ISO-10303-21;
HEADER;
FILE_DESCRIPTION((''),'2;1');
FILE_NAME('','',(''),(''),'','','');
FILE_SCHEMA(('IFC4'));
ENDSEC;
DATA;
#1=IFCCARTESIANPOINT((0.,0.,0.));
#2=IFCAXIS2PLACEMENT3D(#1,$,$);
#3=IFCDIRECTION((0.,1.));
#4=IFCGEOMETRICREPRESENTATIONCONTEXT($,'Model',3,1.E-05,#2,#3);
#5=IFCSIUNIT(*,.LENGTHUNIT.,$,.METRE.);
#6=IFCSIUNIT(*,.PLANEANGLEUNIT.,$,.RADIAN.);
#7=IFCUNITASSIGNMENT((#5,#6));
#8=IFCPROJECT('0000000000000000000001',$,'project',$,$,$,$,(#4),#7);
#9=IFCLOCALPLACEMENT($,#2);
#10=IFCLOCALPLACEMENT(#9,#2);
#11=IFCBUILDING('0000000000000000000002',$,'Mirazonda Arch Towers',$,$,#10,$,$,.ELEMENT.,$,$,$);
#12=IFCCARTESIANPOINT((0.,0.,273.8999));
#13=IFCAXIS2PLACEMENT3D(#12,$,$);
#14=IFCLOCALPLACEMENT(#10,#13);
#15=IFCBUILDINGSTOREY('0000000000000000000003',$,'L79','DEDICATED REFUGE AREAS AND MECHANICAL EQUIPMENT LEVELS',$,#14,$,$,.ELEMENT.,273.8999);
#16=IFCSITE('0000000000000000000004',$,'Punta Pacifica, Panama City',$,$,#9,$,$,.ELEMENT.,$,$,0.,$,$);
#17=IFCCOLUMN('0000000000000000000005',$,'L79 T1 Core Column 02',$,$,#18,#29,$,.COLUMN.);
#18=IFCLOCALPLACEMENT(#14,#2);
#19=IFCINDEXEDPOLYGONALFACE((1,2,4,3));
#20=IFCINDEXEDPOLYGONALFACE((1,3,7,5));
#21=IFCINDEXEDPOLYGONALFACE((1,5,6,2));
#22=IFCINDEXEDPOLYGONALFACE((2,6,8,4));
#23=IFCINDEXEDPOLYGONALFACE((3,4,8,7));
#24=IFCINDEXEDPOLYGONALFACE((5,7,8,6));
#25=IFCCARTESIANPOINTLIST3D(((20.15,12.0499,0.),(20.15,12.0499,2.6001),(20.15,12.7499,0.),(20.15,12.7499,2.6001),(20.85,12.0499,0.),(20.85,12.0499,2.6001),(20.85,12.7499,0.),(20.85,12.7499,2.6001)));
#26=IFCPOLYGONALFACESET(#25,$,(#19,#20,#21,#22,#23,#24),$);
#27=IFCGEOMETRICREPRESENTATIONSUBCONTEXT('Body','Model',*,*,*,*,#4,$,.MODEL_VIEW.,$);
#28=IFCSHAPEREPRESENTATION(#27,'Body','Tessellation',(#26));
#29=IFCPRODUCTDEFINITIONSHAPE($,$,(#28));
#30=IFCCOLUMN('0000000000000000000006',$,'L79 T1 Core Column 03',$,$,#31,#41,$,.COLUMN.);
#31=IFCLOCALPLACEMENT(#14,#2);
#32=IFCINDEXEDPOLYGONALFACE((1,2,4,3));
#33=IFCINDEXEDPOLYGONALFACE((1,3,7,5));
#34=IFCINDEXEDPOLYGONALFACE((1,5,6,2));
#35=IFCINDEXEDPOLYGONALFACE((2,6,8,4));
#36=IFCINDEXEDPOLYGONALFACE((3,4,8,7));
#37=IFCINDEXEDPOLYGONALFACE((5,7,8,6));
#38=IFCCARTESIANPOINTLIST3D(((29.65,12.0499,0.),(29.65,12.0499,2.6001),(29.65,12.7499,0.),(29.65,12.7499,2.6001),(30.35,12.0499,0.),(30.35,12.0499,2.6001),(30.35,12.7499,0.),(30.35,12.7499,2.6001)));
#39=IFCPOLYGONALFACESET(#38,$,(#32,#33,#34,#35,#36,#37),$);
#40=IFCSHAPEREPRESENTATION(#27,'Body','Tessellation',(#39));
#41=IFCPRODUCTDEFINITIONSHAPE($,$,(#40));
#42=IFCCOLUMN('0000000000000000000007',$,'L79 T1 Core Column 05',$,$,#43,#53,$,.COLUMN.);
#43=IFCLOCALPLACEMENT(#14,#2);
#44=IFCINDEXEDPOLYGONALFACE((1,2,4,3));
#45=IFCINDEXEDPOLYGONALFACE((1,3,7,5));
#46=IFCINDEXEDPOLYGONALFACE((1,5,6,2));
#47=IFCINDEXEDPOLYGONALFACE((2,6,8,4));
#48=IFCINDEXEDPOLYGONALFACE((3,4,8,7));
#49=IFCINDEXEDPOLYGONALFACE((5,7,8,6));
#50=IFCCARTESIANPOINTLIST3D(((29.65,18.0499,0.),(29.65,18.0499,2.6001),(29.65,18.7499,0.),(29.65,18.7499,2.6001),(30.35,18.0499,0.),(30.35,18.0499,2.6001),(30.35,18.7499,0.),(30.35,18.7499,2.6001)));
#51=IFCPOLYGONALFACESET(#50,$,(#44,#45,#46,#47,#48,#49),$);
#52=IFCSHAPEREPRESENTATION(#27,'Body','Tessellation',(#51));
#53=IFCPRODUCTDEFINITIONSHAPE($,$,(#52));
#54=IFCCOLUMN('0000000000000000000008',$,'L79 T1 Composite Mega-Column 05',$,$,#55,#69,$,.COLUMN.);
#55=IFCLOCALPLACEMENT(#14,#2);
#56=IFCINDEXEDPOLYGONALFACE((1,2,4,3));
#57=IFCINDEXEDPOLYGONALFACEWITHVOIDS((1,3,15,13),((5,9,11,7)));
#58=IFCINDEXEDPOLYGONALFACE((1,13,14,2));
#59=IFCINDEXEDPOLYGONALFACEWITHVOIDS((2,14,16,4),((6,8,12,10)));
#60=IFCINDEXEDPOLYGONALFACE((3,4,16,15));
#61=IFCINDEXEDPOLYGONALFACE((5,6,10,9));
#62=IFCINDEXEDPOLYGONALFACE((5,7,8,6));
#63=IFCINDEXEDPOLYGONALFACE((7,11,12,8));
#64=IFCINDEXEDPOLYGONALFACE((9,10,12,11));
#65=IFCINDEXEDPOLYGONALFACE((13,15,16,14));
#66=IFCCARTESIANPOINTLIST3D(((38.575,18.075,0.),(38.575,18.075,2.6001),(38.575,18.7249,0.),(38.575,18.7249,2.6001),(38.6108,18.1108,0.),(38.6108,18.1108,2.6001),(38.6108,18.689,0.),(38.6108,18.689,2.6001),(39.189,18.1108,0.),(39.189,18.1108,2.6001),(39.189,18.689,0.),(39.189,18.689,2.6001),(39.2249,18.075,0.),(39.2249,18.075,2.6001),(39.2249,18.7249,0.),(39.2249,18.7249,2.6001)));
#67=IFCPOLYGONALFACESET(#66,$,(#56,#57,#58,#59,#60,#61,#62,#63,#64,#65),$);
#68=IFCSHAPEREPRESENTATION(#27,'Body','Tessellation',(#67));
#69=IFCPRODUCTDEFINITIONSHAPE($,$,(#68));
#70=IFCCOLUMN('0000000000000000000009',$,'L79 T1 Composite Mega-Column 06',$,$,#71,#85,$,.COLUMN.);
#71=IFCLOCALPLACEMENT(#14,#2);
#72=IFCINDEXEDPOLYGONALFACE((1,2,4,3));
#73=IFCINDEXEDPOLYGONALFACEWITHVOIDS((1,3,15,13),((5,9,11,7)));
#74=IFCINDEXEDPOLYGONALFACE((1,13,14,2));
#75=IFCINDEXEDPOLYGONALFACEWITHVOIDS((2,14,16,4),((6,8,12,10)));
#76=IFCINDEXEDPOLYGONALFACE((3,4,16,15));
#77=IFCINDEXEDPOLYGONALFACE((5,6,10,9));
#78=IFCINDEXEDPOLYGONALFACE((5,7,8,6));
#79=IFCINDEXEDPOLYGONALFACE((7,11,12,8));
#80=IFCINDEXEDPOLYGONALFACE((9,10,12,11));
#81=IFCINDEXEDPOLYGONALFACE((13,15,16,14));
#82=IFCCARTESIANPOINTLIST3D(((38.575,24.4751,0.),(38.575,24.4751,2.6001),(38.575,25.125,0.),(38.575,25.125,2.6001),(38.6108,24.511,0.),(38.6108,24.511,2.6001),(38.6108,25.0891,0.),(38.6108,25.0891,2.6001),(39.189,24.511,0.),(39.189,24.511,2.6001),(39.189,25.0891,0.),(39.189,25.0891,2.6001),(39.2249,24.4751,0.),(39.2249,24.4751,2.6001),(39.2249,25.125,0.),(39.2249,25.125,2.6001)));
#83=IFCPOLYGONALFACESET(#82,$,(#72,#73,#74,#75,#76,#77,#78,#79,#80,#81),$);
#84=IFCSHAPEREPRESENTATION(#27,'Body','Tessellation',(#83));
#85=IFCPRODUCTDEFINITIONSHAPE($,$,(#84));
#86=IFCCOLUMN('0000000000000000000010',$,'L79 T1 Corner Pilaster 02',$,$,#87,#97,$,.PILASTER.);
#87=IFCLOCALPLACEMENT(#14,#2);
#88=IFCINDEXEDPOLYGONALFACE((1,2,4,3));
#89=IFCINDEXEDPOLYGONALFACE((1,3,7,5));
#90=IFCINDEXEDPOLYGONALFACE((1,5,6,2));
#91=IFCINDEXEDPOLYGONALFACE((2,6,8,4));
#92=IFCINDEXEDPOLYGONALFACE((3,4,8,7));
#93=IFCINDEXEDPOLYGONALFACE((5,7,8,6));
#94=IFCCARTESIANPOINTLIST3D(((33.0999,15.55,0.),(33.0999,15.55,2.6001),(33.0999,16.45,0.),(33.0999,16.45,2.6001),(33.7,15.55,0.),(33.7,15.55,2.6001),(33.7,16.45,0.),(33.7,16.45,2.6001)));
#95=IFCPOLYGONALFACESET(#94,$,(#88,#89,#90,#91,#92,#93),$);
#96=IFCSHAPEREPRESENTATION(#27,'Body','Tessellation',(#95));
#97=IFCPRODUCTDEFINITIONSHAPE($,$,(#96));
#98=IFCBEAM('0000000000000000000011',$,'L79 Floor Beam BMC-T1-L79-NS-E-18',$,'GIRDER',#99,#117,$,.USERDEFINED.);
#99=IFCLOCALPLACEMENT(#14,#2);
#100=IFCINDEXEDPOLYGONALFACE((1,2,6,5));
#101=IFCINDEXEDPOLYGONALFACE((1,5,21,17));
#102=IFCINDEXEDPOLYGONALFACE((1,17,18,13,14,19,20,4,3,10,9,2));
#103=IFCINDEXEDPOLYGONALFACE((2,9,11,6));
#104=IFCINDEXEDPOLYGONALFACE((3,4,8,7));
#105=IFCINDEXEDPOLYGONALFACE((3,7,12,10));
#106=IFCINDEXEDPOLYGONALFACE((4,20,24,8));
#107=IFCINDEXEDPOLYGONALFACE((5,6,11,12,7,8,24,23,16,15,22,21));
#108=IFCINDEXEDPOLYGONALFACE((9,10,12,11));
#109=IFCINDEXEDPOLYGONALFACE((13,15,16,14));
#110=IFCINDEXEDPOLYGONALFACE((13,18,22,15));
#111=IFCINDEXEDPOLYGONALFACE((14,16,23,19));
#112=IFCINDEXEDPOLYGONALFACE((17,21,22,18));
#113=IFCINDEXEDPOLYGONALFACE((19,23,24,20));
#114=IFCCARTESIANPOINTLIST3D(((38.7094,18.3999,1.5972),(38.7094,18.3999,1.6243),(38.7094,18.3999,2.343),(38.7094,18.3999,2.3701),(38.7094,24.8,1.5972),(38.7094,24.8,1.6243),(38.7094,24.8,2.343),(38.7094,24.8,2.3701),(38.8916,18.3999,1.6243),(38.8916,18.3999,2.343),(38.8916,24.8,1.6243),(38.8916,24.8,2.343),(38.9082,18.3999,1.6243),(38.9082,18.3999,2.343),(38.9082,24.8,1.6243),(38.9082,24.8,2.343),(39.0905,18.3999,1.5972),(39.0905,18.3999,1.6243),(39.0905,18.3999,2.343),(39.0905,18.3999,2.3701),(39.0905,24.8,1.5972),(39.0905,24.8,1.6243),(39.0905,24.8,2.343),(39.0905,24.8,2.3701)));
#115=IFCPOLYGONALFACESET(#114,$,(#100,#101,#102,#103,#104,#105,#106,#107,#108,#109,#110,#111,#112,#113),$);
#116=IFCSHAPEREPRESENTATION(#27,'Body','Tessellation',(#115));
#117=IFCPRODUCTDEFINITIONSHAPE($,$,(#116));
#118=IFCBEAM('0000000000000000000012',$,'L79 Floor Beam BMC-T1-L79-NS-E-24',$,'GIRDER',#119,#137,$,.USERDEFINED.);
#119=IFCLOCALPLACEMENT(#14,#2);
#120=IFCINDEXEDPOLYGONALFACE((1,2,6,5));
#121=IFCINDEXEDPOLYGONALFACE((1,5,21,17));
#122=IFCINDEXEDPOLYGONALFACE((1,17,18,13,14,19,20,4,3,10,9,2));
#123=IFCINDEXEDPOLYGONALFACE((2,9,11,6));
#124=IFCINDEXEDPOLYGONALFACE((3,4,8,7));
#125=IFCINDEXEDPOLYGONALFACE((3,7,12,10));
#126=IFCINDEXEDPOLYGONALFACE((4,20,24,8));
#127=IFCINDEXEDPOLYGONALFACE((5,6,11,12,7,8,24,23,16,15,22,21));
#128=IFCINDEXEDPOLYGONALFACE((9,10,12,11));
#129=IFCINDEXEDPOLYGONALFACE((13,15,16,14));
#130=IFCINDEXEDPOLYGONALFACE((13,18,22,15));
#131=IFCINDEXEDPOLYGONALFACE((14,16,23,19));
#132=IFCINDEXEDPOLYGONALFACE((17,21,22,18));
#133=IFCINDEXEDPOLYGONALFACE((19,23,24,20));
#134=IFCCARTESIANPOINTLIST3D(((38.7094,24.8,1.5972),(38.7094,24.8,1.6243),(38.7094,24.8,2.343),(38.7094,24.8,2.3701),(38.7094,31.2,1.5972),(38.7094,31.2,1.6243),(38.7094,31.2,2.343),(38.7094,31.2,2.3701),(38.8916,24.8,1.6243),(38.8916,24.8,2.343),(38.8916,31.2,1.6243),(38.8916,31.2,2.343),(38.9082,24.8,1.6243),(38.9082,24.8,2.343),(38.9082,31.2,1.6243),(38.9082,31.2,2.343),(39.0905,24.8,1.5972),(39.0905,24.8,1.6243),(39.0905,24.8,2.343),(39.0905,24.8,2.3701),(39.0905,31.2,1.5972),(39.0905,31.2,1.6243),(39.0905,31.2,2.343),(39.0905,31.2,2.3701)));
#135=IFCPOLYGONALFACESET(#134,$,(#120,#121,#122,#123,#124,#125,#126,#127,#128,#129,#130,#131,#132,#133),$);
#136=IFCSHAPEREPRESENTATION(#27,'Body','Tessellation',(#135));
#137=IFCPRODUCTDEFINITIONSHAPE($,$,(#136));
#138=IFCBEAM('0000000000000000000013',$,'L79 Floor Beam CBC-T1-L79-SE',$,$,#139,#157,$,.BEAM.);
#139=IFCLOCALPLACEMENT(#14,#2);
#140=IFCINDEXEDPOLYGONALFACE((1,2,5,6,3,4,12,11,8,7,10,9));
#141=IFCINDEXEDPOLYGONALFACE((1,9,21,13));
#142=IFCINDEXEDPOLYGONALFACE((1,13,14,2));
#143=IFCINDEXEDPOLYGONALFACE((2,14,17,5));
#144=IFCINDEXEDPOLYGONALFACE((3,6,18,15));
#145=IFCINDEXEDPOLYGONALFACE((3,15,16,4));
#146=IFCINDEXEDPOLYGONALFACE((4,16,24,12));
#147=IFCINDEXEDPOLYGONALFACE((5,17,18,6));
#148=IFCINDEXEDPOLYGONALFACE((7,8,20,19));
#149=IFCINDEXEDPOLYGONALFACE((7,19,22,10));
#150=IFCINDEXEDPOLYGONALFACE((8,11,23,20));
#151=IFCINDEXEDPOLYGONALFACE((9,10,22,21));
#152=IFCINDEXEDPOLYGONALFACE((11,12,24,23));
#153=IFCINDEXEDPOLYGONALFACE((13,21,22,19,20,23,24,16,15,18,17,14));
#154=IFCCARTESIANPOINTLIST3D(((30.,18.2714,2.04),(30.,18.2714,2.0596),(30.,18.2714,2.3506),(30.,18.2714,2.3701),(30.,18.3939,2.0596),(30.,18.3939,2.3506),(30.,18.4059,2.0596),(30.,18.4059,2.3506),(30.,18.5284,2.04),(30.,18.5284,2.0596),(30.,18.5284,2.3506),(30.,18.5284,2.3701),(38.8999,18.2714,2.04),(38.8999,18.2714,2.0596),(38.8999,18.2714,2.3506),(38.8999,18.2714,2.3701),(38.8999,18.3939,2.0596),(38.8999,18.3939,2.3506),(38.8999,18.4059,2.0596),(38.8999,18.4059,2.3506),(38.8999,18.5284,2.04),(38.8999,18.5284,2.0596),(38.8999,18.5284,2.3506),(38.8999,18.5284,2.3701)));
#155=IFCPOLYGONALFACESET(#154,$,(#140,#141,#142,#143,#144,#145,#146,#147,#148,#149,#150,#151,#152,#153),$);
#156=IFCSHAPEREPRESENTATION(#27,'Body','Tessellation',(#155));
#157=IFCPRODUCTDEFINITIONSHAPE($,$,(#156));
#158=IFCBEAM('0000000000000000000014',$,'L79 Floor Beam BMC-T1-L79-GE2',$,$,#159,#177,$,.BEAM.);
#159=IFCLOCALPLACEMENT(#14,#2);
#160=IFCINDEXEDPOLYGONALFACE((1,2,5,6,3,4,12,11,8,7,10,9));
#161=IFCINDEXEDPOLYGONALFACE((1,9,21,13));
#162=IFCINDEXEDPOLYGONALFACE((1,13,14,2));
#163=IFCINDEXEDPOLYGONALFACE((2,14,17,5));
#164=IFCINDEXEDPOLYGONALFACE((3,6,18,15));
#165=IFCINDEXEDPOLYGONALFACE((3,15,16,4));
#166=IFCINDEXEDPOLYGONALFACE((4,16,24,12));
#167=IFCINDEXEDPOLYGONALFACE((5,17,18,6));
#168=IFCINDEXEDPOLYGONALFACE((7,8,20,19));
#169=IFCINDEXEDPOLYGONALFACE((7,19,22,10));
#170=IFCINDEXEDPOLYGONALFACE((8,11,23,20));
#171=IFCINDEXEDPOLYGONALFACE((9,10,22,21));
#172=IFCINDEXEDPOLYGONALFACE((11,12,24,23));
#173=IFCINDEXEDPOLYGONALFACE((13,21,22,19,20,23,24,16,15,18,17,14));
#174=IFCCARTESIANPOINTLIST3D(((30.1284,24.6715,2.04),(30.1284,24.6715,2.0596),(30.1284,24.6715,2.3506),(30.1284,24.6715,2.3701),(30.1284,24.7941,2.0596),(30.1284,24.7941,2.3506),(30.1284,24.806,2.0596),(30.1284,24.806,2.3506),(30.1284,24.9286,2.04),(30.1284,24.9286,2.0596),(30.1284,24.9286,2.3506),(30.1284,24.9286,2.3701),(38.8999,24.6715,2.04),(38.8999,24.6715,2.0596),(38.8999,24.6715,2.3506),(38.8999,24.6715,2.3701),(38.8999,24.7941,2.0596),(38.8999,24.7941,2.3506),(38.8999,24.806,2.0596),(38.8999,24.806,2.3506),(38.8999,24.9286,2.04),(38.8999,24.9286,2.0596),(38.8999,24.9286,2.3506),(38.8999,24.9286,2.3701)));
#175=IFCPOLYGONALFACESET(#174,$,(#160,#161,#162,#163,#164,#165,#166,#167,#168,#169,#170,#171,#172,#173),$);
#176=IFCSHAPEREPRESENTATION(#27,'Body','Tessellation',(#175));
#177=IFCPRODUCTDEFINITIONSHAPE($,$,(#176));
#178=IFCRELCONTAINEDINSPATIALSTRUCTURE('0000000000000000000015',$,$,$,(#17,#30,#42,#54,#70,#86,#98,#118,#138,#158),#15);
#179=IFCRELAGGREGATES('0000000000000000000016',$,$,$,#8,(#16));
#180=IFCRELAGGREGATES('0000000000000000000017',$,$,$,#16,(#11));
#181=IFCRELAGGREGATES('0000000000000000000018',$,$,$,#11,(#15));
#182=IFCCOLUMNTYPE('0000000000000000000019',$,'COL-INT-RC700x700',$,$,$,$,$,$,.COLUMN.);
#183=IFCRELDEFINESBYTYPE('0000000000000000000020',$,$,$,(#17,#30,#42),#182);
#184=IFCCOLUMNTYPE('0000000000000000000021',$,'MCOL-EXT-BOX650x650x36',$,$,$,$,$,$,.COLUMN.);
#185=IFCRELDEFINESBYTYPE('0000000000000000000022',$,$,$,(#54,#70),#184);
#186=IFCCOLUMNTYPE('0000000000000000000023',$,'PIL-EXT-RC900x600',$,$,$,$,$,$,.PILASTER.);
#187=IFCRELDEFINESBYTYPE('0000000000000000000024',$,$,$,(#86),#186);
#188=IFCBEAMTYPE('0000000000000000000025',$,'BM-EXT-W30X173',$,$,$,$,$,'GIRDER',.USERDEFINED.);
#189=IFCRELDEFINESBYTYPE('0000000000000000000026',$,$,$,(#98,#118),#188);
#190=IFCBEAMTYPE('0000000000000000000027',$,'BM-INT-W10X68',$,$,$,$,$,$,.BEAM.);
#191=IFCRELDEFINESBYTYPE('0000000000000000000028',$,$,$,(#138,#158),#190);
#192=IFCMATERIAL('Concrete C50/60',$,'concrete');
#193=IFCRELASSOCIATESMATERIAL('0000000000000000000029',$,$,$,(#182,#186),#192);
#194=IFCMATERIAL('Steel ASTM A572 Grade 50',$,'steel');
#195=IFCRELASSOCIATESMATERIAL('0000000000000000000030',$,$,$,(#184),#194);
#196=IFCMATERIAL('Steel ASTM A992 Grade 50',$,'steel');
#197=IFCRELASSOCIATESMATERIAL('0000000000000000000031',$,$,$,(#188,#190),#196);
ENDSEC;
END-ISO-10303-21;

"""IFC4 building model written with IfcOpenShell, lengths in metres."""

from ifc_helpers import new_model, si_unit, direction, frame, origin, origin_2d, place, context, subcontext, project, spatial, rectangle, hollow_rectangle, i_section, extrude, material, material_profile, profile_set, type_object, element, save


model = new_model("IFC4")

# Units and contexts
model_context = context("Model", 3, precision=1e-05, world=origin(), true_north=direction((0.0, 1.0)))
body_context = subcontext(model_context, "Body", "Model", "MODEL_VIEW")
ifc_project = project(units=[si_unit("LENGTHUNIT", "METRE"), si_unit("PLANEANGLEUNIT", "RADIAN")], contexts=[model_context])

# Site, building, storey
site_placement = place(None, origin())
site = spatial("IfcSite", under=ifc_project, at=site_placement, Name="Punta Pacifica, Panama City", CompositionType="ELEMENT", RefElevation=0.0)
building_placement = place(site_placement, origin())
building = spatial("IfcBuilding", under=site, at=building_placement, Name="Mirazonda Arch Towers", CompositionType="ELEMENT")
storey_placement = place(building_placement, frame((0.0, 0.0, 273.8999)))
storey = spatial("IfcBuildingStorey", under=building, at=storey_placement, Name="L79", Description="DEDICATED REFUGE AREAS AND MECHANICAL EQUIPMENT LEVELS", CompositionType="ELEMENT", Elevation=273.8999)

# Columns
ifc_material_1 = material(Name="Concrete C50/60", Category="concrete")
ifc_material_profile_1 = material_profile(ifc_material_1, rectangle(XDim=0.7, YDim=0.7, at=origin_2d()), Name="RC700x700")
ifc_profile_set_1 = profile_set([ifc_material_profile_1], Name="Concrete C50/60")
column_type_1 = type_object("IfcColumnType", Name="COL-INT-RC700x700", PredefinedType="COLUMN", material=ifc_profile_set_1)
for number, where, z_axis, x_axis, name in (
    (1, (20.5, 12.3999, 0.0), (0.0, 0.0, 1.0), (1.0, 0.0, 0.0), "L79 T1 Core Column 02"),
    (2, (30.0, 12.3999, 0.0), (0.0, 0.0, 1.0), (1.0, 0.0, 0.0), "L79 T1 Core Column 03"),
    (3, (30.0, 18.3999, 0.0), (0.0, 0.0, 1.0), (1.0, 0.0, 0.0), "L79 T1 Core Column 05"),
):
    element("IfcColumn", number, at=place(storey_placement, frame(where, z_axis=z_axis, x_axis=x_axis)), inside=storey, type_object=column_type_1, Name=name, PredefinedType="COLUMN", context=body_context, shape_type="SweptSolid", body=[
        extrude(rectangle(XDim=0.7, YDim=0.7, at=origin_2d()), origin(), (0.0, 0.0, 1.0), 2.6001),
    ])
ifc_material_2 = material(Name="Steel ASTM A572 Grade 50", Category="steel")
ifc_material_profile_2 = material_profile(ifc_material_2, hollow_rectangle(XDim=0.6499, YDim=0.6499, WallThickness=0.0359, at=origin_2d()), Name="BOX650x650x36")
ifc_profile_set_2 = profile_set([ifc_material_profile_2], Name="Steel ASTM A572 Grade 50")
column_type_2 = type_object("IfcColumnType", Name="MCOL-EXT-BOX650x650x36", PredefinedType="COLUMN", material=ifc_profile_set_2)
for number, where, z_axis, x_axis, name in (
    (4, (38.8999, 18.3999, 0.0), (0.0, 0.0, 1.0), (1.0, 0.0, 0.0), "L79 T1 Composite Mega-Column 05"),
    (5, (38.8999, 24.8, 0.0), (0.0, 0.0, 1.0), (1.0, 0.0, 0.0), "L79 T1 Composite Mega-Column 06"),
):
    element("IfcColumn", number, at=place(storey_placement, frame(where, z_axis=z_axis, x_axis=x_axis)), inside=storey, type_object=column_type_2, Name=name, PredefinedType="COLUMN", context=body_context, shape_type="SweptSolid", body=[
        extrude(hollow_rectangle(XDim=0.6499, YDim=0.6499, WallThickness=0.0359, at=origin_2d()), origin(), (0.0, 0.0, 1.0), 2.6001),
    ])
ifc_material_profile_3 = material_profile(ifc_material_1, rectangle(XDim=0.6001, YDim=0.8999, at=origin_2d()), Name="RC900x600")
ifc_profile_set_3 = profile_set([ifc_material_profile_3], Name="Concrete C50/60")
column_type_3 = type_object("IfcColumnType", Name="PIL-EXT-RC900x600", PredefinedType="PILASTER", material=ifc_profile_set_3)
column_placement = place(storey_placement, frame((33.3999, 16.0, 0.0), z_axis=(0.0, 0.0, 1.0), x_axis=(1.0, 0.0, 0.0)))
element("IfcColumn", 6, at=column_placement, inside=storey, type_object=column_type_3, Name="L79 T1 Corner Pilaster 02", PredefinedType="PILASTER", context=body_context, shape_type="SweptSolid", body=[
    extrude(rectangle(XDim=0.6001, YDim=0.8999, at=origin_2d()), origin(), (0.0, 0.0, 1.0), 2.6001),
])

# Beams
ifc_material_3 = material(Name="Steel ASTM A992 Grade 50", Category="steel")
ifc_material_profile_4 = material_profile(ifc_material_3, i_section(OverallWidth=0.3811, OverallDepth=0.7729, WebThickness=0.0166, FlangeThickness=0.0271, at=origin_2d()), Name="W30X173")
ifc_profile_set_4 = profile_set([ifc_material_profile_4], Name="Steel ASTM A992 Grade 50")
beam_type_1 = type_object("IfcBeamType", Name="BM-EXT-W30X173", ElementType="GIRDER", PredefinedType="USERDEFINED", material=ifc_profile_set_4)
beam_1_placement = place(storey_placement, frame((38.8999, 18.3999, 1.9836), z_axis=(0.0, 1.0, 0.0), x_axis=(-1.0, 0.0, 0.0)))
element("IfcBeam", 7, at=beam_1_placement, inside=storey, type_object=beam_type_1, Name="L79 Floor Beam BMC-T1-L79-NS-E-18", ObjectType="GIRDER", PredefinedType="USERDEFINED", context=body_context, shape_type="SweptSolid", body=[
    extrude(i_section(OverallWidth=0.3811, OverallDepth=0.7729, WebThickness=0.0166, FlangeThickness=0.0271, at=origin_2d()), origin(), (0.0, 0.0, 1.0), 6.4001),
])
beam_2_placement = place(storey_placement, frame((38.8999, 24.8, 1.9836), z_axis=(0.0, 1.0, 0.0), x_axis=(-1.0, 0.0, 0.0)))
element("IfcBeam", 8, at=beam_2_placement, inside=storey, type_object=beam_type_1, Name="L79 Floor Beam BMC-T1-L79-NS-E-24", ObjectType="GIRDER", PredefinedType="USERDEFINED", context=body_context, shape_type="SweptSolid", body=[
    extrude(i_section(OverallWidth=0.3811, OverallDepth=0.7729, WebThickness=0.0166, FlangeThickness=0.0271, at=origin_2d()), origin(), (0.0, 0.0, 1.0), 6.3999),
])
ifc_material_profile_5 = material_profile(ifc_material_3, i_section(OverallWidth=0.2571, OverallDepth=0.3301, WebThickness=0.012, FlangeThickness=0.0195, at=origin_2d()), Name="W10X68")
ifc_profile_set_5 = profile_set([ifc_material_profile_5], Name="Steel ASTM A992 Grade 50")
beam_type_2 = type_object("IfcBeamType", Name="BM-INT-W10X68", PredefinedType="BEAM", material=ifc_profile_set_5)
beam_3_placement = place(storey_placement, frame((30.0, 18.3999, 2.2051), z_axis=(1.0, 0.0, 0.0), x_axis=(0.0, 1.0, 0.0)))
element("IfcBeam", 9, at=beam_3_placement, inside=storey, type_object=beam_type_2, Name="L79 Floor Beam CBC-T1-L79-SE", PredefinedType="BEAM", context=body_context, shape_type="SweptSolid", body=[
    extrude(i_section(OverallWidth=0.2571, OverallDepth=0.3301, WebThickness=0.012, FlangeThickness=0.0195, at=origin_2d()), origin(), (0.0, 0.0, 1.0), 8.8999),
])
beam_4_placement = place(storey_placement, frame((30.1284, 24.8, 2.2051), z_axis=(1.0, 0.0, 0.0), x_axis=(0.0, 1.0, 0.0)))
element("IfcBeam", 10, at=beam_4_placement, inside=storey, type_object=beam_type_2, Name="L79 Floor Beam BMC-T1-L79-GE2", PredefinedType="BEAM", context=body_context, shape_type="SweptSolid", body=[
    extrude(i_section(OverallWidth=0.2571, OverallDepth=0.3301, WebThickness=0.012, FlangeThickness=0.0195, at=origin_2d()), origin(), (0.0, 0.0, 1.0), 8.7715),
])

save(model, "model.ifc")
